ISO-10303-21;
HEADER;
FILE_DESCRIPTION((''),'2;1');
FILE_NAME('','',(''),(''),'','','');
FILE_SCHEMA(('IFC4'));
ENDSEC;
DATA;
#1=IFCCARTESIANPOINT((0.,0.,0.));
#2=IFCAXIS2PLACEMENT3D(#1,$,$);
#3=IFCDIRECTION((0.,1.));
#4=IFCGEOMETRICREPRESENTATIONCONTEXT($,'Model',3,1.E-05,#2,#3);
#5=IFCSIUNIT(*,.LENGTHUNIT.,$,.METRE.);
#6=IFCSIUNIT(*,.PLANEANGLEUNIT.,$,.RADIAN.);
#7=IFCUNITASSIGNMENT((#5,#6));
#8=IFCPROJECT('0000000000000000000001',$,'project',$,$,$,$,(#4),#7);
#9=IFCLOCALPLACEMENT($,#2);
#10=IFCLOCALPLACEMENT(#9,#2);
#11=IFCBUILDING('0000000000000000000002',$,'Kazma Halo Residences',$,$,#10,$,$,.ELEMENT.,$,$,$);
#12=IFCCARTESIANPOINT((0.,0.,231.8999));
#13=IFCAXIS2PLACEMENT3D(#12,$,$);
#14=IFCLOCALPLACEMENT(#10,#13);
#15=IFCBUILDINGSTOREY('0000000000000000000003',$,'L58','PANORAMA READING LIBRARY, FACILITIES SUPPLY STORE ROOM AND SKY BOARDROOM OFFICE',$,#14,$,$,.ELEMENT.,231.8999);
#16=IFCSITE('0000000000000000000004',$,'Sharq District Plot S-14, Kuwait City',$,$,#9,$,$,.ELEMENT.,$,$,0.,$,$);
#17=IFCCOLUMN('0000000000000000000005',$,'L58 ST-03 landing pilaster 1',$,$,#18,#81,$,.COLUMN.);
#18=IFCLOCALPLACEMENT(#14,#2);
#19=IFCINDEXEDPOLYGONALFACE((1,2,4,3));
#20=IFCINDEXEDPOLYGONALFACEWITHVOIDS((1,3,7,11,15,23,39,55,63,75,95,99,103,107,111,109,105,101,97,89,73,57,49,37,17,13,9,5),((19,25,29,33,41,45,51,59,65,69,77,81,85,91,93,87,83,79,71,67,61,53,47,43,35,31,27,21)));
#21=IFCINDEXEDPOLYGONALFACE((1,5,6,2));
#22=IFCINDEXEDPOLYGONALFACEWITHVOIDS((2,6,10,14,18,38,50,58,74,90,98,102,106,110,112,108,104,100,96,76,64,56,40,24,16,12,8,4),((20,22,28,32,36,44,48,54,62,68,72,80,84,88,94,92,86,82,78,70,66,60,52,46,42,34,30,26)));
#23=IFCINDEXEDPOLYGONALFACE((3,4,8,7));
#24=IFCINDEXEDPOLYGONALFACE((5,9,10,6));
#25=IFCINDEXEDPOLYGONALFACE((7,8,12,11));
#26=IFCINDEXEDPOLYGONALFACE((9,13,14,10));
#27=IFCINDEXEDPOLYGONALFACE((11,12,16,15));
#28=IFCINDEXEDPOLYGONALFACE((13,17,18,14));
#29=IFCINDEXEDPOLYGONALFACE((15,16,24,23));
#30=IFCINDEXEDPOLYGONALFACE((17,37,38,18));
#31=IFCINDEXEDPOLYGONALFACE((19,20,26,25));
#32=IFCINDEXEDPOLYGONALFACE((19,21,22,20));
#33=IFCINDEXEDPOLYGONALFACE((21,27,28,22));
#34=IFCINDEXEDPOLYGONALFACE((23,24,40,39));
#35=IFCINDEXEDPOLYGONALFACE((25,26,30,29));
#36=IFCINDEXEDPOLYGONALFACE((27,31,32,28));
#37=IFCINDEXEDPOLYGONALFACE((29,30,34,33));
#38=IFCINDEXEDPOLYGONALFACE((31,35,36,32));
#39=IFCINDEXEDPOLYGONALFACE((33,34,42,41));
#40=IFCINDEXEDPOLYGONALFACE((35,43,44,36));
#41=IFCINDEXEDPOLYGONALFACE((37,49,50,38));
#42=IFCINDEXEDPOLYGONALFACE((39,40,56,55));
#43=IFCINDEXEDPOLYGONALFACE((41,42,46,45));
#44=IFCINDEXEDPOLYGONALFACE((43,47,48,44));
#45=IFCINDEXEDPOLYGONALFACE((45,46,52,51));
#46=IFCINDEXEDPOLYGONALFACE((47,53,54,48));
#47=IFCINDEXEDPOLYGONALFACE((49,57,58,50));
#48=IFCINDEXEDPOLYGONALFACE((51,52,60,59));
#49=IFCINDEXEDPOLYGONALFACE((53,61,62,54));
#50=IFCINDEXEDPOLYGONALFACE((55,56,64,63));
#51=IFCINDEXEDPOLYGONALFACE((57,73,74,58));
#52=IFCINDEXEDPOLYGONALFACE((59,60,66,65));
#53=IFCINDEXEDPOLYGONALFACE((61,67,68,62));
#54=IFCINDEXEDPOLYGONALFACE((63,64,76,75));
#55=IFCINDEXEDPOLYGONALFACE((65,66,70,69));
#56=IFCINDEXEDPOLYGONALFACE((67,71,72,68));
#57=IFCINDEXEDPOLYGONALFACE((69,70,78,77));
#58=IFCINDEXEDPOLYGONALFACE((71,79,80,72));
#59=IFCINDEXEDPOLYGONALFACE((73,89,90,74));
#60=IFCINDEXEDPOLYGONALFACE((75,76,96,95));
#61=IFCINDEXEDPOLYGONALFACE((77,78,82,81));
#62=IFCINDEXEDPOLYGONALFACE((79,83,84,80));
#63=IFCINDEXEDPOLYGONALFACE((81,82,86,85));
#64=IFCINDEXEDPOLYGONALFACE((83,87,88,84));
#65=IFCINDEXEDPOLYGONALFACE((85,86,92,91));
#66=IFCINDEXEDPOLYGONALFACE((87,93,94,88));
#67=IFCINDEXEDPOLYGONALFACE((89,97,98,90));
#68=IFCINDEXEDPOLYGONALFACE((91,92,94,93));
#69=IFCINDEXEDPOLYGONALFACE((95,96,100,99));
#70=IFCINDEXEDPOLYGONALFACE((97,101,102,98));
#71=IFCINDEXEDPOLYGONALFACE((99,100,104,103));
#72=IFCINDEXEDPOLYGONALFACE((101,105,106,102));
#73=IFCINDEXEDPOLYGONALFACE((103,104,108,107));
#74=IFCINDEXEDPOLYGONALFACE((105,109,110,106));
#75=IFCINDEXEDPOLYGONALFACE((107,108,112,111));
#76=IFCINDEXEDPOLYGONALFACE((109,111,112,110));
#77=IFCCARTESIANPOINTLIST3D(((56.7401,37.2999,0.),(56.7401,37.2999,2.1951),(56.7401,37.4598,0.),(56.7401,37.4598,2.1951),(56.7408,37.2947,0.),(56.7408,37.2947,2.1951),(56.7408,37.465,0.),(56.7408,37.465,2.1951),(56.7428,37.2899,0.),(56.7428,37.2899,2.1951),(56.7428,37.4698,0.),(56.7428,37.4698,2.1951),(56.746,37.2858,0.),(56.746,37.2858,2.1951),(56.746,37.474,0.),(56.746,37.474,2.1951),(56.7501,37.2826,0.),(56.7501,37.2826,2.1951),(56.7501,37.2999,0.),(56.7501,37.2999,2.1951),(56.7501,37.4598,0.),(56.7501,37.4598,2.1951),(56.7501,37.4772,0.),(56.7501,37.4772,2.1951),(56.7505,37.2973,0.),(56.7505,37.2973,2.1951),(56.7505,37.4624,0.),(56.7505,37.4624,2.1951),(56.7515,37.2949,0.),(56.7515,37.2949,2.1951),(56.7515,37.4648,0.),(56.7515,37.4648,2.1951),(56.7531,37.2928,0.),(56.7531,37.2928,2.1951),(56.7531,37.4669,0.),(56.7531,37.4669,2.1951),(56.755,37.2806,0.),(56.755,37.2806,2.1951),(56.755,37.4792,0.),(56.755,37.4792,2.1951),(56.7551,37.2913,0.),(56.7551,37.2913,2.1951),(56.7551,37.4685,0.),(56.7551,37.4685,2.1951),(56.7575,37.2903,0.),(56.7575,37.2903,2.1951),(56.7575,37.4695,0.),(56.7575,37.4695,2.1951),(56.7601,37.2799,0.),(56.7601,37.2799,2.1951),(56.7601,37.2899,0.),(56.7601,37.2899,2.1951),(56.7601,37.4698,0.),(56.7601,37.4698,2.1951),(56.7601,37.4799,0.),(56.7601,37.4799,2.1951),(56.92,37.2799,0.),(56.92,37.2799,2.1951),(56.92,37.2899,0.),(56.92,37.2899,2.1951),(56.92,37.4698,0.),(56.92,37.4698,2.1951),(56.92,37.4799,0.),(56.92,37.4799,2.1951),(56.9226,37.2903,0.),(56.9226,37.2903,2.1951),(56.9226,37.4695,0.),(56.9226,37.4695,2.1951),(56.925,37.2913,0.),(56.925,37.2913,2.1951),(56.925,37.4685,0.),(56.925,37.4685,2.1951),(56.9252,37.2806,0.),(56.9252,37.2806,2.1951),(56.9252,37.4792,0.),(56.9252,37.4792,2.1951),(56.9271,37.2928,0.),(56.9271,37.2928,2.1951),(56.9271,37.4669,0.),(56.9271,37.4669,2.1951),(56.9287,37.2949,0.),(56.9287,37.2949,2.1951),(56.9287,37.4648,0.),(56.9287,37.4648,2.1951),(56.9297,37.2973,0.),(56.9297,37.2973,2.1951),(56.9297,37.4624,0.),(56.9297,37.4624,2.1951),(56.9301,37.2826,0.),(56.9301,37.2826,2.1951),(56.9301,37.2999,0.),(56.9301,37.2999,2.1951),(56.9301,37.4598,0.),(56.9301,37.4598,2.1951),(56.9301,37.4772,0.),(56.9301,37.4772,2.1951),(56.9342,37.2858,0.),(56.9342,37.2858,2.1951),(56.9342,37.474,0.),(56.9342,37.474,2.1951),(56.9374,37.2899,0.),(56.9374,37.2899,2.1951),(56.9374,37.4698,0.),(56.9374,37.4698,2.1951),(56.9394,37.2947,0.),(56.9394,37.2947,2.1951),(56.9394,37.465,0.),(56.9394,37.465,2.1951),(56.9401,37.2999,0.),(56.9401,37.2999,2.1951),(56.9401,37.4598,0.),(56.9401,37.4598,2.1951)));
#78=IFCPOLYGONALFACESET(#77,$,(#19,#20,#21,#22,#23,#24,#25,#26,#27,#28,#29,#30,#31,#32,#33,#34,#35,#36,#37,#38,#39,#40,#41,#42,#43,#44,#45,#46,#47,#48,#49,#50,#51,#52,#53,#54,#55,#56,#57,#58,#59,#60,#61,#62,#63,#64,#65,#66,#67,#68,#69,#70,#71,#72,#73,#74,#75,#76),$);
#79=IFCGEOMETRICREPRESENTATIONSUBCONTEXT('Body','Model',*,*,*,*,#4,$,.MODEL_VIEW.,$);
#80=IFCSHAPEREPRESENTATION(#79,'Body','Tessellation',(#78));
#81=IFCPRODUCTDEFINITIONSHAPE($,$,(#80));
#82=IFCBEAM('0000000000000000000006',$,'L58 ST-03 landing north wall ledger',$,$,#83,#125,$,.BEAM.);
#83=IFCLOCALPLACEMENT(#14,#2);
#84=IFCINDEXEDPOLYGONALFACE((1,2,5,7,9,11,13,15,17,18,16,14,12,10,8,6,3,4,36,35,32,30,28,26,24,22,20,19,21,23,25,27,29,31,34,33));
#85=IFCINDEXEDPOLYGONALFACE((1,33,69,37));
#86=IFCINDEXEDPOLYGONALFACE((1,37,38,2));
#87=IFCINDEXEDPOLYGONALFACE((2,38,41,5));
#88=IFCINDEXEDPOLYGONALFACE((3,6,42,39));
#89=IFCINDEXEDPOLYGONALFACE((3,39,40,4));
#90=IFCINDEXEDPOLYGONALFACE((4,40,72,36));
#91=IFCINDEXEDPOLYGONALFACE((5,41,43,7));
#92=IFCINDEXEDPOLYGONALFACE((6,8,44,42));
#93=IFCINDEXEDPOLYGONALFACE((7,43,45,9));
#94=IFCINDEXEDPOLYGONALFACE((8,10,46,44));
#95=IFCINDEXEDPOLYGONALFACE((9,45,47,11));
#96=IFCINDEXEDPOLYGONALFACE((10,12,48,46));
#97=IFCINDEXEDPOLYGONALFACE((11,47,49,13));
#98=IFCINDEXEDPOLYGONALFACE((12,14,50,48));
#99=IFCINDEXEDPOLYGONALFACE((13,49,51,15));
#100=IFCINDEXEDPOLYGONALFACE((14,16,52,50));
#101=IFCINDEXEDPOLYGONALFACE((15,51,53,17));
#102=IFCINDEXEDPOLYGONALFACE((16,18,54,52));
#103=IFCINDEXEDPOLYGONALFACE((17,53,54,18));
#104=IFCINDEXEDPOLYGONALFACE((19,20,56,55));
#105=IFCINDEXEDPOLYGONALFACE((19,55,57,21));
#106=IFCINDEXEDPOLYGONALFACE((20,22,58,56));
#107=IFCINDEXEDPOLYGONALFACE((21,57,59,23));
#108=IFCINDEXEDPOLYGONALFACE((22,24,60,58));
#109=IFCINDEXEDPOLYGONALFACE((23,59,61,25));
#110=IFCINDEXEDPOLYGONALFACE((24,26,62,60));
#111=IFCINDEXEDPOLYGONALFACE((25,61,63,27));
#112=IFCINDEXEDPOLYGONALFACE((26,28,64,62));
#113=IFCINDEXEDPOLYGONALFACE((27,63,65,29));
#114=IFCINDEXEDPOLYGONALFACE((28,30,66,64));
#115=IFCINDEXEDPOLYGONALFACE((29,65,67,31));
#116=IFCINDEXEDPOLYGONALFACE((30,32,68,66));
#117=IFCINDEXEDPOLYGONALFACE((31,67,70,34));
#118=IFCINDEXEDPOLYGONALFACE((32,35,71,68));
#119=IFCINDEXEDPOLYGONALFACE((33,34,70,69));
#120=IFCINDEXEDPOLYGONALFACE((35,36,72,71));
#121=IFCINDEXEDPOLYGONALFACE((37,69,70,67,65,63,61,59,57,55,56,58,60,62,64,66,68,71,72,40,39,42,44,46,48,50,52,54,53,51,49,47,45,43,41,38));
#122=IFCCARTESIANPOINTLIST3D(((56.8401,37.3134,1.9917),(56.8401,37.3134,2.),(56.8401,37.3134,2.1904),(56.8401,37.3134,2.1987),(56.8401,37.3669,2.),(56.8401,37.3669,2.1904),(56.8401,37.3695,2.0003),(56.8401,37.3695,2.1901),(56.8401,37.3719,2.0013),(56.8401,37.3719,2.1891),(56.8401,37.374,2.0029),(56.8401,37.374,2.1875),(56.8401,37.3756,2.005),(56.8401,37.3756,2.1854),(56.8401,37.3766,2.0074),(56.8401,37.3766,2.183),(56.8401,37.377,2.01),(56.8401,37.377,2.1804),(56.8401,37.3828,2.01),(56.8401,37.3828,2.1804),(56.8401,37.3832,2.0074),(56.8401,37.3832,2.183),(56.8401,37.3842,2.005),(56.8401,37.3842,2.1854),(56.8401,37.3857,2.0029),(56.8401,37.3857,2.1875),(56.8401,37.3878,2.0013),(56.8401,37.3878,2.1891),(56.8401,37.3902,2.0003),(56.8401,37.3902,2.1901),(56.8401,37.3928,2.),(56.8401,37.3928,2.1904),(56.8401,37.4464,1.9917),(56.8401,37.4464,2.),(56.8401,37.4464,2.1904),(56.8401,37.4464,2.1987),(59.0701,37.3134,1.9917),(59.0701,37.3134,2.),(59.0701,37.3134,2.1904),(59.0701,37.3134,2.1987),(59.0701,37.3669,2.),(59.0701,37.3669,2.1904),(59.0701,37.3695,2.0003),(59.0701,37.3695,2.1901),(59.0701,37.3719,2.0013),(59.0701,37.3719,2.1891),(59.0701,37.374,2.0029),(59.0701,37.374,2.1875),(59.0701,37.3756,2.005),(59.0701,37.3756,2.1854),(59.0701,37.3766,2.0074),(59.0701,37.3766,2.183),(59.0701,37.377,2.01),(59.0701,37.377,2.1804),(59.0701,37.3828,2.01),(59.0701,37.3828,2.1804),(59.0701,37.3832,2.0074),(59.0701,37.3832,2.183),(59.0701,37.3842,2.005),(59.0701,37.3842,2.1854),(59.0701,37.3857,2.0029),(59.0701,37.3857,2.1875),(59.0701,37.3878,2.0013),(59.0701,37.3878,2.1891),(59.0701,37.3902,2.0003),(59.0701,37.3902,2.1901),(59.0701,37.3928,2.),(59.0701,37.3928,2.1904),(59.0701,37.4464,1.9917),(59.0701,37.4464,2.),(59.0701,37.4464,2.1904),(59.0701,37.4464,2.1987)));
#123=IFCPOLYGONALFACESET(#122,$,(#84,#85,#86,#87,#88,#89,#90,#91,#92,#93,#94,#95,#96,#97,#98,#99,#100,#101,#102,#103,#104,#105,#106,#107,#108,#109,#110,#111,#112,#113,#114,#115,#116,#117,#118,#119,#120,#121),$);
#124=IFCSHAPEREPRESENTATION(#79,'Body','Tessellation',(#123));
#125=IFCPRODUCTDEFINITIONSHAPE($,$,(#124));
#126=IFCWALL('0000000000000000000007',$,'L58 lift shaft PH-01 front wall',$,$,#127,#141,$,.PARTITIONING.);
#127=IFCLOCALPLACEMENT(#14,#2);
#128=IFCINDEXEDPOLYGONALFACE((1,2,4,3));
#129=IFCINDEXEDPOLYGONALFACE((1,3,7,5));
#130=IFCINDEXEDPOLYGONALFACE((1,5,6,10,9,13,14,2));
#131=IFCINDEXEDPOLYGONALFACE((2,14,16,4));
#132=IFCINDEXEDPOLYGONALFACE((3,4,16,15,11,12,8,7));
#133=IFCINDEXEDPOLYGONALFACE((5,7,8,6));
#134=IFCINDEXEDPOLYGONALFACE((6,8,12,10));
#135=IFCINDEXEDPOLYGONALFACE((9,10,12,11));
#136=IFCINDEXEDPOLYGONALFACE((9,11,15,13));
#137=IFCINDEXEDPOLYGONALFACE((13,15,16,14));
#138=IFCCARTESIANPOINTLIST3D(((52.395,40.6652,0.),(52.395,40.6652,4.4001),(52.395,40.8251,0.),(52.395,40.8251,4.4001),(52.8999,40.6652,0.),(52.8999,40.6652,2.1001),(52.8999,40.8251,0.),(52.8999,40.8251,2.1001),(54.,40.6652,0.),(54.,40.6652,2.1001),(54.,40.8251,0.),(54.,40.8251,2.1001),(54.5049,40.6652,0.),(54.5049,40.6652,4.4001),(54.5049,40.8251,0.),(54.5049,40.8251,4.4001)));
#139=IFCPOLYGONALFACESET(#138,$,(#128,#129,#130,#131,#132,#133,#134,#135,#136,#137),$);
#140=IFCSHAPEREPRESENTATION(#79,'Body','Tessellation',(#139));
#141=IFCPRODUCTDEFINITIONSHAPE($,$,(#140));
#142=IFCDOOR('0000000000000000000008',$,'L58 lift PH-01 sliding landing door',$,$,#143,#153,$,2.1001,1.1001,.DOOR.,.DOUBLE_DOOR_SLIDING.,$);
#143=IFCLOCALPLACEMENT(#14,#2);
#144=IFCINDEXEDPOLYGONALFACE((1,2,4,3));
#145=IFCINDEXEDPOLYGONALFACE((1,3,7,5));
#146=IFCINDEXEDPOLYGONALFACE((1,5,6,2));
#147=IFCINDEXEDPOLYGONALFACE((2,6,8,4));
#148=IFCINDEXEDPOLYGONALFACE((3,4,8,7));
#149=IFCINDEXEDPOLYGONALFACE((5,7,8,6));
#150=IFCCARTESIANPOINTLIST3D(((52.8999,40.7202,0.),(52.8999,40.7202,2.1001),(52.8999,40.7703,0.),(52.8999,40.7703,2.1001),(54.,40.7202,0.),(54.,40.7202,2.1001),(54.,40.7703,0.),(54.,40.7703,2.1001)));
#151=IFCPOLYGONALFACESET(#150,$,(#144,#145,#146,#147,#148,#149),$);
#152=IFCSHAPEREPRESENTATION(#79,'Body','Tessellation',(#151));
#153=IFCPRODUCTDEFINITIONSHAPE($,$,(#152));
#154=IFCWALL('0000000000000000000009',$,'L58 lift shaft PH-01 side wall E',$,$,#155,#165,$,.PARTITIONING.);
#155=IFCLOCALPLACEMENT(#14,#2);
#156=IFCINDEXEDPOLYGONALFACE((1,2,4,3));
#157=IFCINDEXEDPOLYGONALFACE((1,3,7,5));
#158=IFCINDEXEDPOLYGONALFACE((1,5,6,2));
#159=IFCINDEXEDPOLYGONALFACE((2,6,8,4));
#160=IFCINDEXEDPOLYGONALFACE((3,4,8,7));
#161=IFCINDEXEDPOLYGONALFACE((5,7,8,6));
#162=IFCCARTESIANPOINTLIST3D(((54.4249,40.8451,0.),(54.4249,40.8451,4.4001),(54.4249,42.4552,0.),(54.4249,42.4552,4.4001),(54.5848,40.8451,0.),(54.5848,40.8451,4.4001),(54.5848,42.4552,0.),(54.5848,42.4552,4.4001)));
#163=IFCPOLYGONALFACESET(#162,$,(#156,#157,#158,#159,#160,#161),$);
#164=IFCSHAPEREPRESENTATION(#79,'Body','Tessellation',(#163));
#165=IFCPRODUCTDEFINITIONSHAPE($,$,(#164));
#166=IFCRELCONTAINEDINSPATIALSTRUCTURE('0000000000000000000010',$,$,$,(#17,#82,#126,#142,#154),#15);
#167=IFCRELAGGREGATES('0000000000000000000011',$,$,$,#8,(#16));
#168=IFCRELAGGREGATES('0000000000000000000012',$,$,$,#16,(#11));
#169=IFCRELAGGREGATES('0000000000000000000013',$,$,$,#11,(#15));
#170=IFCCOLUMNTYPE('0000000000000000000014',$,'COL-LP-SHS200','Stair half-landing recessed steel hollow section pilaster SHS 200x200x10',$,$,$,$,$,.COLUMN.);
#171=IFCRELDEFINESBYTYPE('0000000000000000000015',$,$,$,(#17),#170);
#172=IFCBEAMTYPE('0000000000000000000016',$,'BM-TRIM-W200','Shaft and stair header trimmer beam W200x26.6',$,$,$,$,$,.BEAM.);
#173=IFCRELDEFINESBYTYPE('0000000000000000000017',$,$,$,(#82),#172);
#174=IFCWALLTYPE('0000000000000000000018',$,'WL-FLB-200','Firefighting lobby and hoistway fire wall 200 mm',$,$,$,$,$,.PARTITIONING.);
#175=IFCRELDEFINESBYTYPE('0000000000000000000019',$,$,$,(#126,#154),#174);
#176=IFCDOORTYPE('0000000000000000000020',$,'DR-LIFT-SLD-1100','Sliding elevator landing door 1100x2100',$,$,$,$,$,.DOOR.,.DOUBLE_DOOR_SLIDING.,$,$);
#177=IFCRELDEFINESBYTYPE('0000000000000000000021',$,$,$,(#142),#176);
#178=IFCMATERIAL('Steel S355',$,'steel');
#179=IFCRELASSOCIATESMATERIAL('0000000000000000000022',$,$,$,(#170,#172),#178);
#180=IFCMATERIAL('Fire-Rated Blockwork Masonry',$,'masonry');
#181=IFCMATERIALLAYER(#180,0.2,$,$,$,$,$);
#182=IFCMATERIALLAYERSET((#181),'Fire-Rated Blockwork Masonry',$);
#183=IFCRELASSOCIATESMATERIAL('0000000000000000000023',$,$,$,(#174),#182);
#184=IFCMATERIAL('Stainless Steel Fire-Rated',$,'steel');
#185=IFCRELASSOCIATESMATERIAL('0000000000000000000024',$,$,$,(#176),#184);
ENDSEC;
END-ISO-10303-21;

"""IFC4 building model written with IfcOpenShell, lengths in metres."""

from ifc_helpers import new_model, si_unit, direction, frame, frame_2d, origin, origin_2d, place, context, subcontext, project, spatial, rectangle, hollow_rectangle, i_section, extrude, material, layer, layer_set, material_profile, profile_set, type_object, element, fill, save


model = new_model("IFC4")

# Units and contexts
model_context = context("Model", 3, precision=1e-05, world=origin(), true_north=direction((0.0, 1.0)))
body_context = subcontext(model_context, "Body", "Model", "MODEL_VIEW")
ifc_project = project(units=[si_unit("LENGTHUNIT", "METRE"), si_unit("PLANEANGLEUNIT", "RADIAN")], contexts=[model_context])

# Site, building, storey
site_placement = place(None, origin())
site = spatial("IfcSite", under=ifc_project, at=site_placement, Name="Sharq District Plot S-14, Kuwait City", CompositionType="ELEMENT", RefElevation=0.0)
building_placement = place(site_placement, origin())
building = spatial("IfcBuilding", under=site, at=building_placement, Name="Kazma Halo Residences", CompositionType="ELEMENT")
storey_placement = place(building_placement, frame((0.0, 0.0, 231.8999)))
storey = spatial("IfcBuildingStorey", under=building, at=storey_placement, Name="L58", Description="PANORAMA READING LIBRARY, FACILITIES SUPPLY STORE ROOM AND SKY BOARDROOM OFFICE", CompositionType="ELEMENT", Elevation=231.8999)

# Column
ifc_material_1 = material(Name="Steel S355", Category="steel")
ifc_material_profile_1 = material_profile(ifc_material_1, hollow_rectangle(XDim=0.2, YDim=0.2, WallThickness=0.01, InnerFilletRadius=0.01, OuterFilletRadius=0.02, at=origin_2d()), Name="SHS200x200x10")
ifc_profile_set_1 = profile_set([ifc_material_profile_1], Name="Steel S355")
column_type = type_object("IfcColumnType", Name="COL-LP-SHS200", Description="Stair half-landing recessed steel hollow section pilaster SHS 200x200x10", PredefinedType="COLUMN", material=ifc_profile_set_1)
column_placement = place(storey_placement, frame((56.8401, 37.3799, 0.0), z_axis=(0.0, 0.0, 1.0), x_axis=(1.0, 0.0, 0.0)))
element("IfcColumn", 1, at=column_placement, inside=storey, type_object=column_type, Name="L58 ST-03 landing pilaster 1", PredefinedType="COLUMN", context=body_context, shape_type="SweptSolid", body=[
    extrude(hollow_rectangle(XDim=0.2, YDim=0.2, WallThickness=0.01, InnerFilletRadius=0.01, OuterFilletRadius=0.02, at=origin_2d()), origin(), (0.0, 0.0, 1.0), 2.1951),
])

# Beam
ifc_material_profile_2 = material_profile(ifc_material_1, i_section(OverallWidth=0.1331, OverallDepth=0.207, WebThickness=0.0059, FlangeThickness=0.0083, FilletRadius=0.01, at=origin_2d()), Name="W200x26.6")
ifc_profile_set_2 = profile_set([ifc_material_profile_2], Name="Steel S355")
beam_type = type_object("IfcBeamType", Name="BM-TRIM-W200", Description="Shaft and stair header trimmer beam W200x26.6", PredefinedType="BEAM", material=ifc_profile_set_2)
beam_placement = place(storey_placement, frame((56.8401, 37.3799, 2.0952), z_axis=(1.0, 0.0, 0.0), x_axis=(0.0, 1.0, 0.0)))
element("IfcBeam", 2, at=beam_placement, inside=storey, type_object=beam_type, Name="L58 ST-03 landing north wall ledger", PredefinedType="BEAM", context=body_context, shape_type="SweptSolid", body=[
    extrude(i_section(OverallWidth=0.1331, OverallDepth=0.207, WebThickness=0.0059, FlangeThickness=0.0083, FilletRadius=0.01, at=origin_2d()), origin(), (0.0, 0.0, 1.0), 2.23),
])

# Wall, opening, door
ifc_material_2 = material(Name="Fire-Rated Blockwork Masonry", Category="masonry")
ifc_layer_1 = layer(ifc_material_2, 0.2)
ifc_layer_set_1 = layer_set([ifc_layer_1], Name="Fire-Rated Blockwork Masonry")
wall_type_1 = type_object("IfcWallType", Name="WL-FLB-200", Description="Firefighting lobby and hoistway fire wall 200 mm", PredefinedType="PARTITIONING", material=ifc_layer_set_1)
wall_1_placement = place(storey_placement, frame((54.5049, 40.7451, 0.0), z_axis=(0.0, 0.0, 1.0), x_axis=(-1.0, 0.0, 0.0)))
wall_1 = element("IfcWall", 3, at=wall_1_placement, inside=storey, type_object=wall_type_1, Name="L58 lift shaft PH-01 front wall", PredefinedType="PARTITIONING", context=body_context, shape_type="SweptSolid", body=[
    extrude(rectangle(XDim=2.1099, YDim=0.1599, at=frame_2d((1.0549, 0.0))), origin(), (0.0, 0.0, 1.0), 4.4001),
])
opening_1_placement = place(wall_1_placement, frame((0.5049, 0.0, 0.0)))
opening_1 = element("IfcOpeningElement", 4, at=opening_1_placement, cuts=wall_1, PredefinedType="OPENING", context=body_context, shape_type="SweptSolid", body=[
    extrude(rectangle(XDim=1.1001, YDim=2.1001, at=frame_2d((0.55, 1.05))), frame((0.0, 0.0898, 0.0), z_axis=(0.0, -1.0, 0.0), x_axis=(1.0, 0.0, 0.0)), (0.0, 0.0, 1.0), 0.1799),
])
ifc_material_3 = material(Name="Stainless Steel Fire-Rated", Category="steel")
door_type_1 = type_object("IfcDoorType", Name="DR-LIFT-SLD-1100", Description="Sliding elevator landing door 1100x2100", OperationType="DOUBLE_DOOR_SLIDING", PredefinedType="DOOR", material=ifc_material_3)
door_1_placement = place(opening_1_placement, origin())
door_1 = element("IfcDoor", 5, at=door_1_placement, inside=storey, type_object=door_type_1, Name="L58 lift PH-01 sliding landing door", OperationType="DOUBLE_DOOR_SLIDING", OverallHeight=2.1001, OverallWidth=1.1001, PredefinedType="DOOR", context=body_context, shape_type="SweptSolid", body=[
    extrude(rectangle(XDim=1.1001, YDim=2.1001, at=frame_2d((0.55, 1.05))), frame((0.0, 0.0249, 0.0), z_axis=(0.0, -1.0, 0.0), x_axis=(1.0, 0.0, 0.0)), (0.0, 0.0, 1.0), 0.05),
])
fill(opening_1, door_1)

# Wall
wall_2_placement = place(storey_placement, frame((54.5049, 40.845, 0.0), z_axis=(0.0, 0.0, 1.0), x_axis=(0.0, 1.0, 0.0)))
element("IfcWall", 6, at=wall_2_placement, inside=storey, type_object=wall_type_1, Name="L58 lift shaft PH-01 side wall E", PredefinedType="PARTITIONING", context=body_context, shape_type="SweptSolid", body=[
    extrude(rectangle(XDim=1.6101, YDim=0.1599, at=frame_2d((0.8052, 0.0))), origin(), (0.0, 0.0, 1.0), 4.4001),
])

save(model, "model.ifc")
